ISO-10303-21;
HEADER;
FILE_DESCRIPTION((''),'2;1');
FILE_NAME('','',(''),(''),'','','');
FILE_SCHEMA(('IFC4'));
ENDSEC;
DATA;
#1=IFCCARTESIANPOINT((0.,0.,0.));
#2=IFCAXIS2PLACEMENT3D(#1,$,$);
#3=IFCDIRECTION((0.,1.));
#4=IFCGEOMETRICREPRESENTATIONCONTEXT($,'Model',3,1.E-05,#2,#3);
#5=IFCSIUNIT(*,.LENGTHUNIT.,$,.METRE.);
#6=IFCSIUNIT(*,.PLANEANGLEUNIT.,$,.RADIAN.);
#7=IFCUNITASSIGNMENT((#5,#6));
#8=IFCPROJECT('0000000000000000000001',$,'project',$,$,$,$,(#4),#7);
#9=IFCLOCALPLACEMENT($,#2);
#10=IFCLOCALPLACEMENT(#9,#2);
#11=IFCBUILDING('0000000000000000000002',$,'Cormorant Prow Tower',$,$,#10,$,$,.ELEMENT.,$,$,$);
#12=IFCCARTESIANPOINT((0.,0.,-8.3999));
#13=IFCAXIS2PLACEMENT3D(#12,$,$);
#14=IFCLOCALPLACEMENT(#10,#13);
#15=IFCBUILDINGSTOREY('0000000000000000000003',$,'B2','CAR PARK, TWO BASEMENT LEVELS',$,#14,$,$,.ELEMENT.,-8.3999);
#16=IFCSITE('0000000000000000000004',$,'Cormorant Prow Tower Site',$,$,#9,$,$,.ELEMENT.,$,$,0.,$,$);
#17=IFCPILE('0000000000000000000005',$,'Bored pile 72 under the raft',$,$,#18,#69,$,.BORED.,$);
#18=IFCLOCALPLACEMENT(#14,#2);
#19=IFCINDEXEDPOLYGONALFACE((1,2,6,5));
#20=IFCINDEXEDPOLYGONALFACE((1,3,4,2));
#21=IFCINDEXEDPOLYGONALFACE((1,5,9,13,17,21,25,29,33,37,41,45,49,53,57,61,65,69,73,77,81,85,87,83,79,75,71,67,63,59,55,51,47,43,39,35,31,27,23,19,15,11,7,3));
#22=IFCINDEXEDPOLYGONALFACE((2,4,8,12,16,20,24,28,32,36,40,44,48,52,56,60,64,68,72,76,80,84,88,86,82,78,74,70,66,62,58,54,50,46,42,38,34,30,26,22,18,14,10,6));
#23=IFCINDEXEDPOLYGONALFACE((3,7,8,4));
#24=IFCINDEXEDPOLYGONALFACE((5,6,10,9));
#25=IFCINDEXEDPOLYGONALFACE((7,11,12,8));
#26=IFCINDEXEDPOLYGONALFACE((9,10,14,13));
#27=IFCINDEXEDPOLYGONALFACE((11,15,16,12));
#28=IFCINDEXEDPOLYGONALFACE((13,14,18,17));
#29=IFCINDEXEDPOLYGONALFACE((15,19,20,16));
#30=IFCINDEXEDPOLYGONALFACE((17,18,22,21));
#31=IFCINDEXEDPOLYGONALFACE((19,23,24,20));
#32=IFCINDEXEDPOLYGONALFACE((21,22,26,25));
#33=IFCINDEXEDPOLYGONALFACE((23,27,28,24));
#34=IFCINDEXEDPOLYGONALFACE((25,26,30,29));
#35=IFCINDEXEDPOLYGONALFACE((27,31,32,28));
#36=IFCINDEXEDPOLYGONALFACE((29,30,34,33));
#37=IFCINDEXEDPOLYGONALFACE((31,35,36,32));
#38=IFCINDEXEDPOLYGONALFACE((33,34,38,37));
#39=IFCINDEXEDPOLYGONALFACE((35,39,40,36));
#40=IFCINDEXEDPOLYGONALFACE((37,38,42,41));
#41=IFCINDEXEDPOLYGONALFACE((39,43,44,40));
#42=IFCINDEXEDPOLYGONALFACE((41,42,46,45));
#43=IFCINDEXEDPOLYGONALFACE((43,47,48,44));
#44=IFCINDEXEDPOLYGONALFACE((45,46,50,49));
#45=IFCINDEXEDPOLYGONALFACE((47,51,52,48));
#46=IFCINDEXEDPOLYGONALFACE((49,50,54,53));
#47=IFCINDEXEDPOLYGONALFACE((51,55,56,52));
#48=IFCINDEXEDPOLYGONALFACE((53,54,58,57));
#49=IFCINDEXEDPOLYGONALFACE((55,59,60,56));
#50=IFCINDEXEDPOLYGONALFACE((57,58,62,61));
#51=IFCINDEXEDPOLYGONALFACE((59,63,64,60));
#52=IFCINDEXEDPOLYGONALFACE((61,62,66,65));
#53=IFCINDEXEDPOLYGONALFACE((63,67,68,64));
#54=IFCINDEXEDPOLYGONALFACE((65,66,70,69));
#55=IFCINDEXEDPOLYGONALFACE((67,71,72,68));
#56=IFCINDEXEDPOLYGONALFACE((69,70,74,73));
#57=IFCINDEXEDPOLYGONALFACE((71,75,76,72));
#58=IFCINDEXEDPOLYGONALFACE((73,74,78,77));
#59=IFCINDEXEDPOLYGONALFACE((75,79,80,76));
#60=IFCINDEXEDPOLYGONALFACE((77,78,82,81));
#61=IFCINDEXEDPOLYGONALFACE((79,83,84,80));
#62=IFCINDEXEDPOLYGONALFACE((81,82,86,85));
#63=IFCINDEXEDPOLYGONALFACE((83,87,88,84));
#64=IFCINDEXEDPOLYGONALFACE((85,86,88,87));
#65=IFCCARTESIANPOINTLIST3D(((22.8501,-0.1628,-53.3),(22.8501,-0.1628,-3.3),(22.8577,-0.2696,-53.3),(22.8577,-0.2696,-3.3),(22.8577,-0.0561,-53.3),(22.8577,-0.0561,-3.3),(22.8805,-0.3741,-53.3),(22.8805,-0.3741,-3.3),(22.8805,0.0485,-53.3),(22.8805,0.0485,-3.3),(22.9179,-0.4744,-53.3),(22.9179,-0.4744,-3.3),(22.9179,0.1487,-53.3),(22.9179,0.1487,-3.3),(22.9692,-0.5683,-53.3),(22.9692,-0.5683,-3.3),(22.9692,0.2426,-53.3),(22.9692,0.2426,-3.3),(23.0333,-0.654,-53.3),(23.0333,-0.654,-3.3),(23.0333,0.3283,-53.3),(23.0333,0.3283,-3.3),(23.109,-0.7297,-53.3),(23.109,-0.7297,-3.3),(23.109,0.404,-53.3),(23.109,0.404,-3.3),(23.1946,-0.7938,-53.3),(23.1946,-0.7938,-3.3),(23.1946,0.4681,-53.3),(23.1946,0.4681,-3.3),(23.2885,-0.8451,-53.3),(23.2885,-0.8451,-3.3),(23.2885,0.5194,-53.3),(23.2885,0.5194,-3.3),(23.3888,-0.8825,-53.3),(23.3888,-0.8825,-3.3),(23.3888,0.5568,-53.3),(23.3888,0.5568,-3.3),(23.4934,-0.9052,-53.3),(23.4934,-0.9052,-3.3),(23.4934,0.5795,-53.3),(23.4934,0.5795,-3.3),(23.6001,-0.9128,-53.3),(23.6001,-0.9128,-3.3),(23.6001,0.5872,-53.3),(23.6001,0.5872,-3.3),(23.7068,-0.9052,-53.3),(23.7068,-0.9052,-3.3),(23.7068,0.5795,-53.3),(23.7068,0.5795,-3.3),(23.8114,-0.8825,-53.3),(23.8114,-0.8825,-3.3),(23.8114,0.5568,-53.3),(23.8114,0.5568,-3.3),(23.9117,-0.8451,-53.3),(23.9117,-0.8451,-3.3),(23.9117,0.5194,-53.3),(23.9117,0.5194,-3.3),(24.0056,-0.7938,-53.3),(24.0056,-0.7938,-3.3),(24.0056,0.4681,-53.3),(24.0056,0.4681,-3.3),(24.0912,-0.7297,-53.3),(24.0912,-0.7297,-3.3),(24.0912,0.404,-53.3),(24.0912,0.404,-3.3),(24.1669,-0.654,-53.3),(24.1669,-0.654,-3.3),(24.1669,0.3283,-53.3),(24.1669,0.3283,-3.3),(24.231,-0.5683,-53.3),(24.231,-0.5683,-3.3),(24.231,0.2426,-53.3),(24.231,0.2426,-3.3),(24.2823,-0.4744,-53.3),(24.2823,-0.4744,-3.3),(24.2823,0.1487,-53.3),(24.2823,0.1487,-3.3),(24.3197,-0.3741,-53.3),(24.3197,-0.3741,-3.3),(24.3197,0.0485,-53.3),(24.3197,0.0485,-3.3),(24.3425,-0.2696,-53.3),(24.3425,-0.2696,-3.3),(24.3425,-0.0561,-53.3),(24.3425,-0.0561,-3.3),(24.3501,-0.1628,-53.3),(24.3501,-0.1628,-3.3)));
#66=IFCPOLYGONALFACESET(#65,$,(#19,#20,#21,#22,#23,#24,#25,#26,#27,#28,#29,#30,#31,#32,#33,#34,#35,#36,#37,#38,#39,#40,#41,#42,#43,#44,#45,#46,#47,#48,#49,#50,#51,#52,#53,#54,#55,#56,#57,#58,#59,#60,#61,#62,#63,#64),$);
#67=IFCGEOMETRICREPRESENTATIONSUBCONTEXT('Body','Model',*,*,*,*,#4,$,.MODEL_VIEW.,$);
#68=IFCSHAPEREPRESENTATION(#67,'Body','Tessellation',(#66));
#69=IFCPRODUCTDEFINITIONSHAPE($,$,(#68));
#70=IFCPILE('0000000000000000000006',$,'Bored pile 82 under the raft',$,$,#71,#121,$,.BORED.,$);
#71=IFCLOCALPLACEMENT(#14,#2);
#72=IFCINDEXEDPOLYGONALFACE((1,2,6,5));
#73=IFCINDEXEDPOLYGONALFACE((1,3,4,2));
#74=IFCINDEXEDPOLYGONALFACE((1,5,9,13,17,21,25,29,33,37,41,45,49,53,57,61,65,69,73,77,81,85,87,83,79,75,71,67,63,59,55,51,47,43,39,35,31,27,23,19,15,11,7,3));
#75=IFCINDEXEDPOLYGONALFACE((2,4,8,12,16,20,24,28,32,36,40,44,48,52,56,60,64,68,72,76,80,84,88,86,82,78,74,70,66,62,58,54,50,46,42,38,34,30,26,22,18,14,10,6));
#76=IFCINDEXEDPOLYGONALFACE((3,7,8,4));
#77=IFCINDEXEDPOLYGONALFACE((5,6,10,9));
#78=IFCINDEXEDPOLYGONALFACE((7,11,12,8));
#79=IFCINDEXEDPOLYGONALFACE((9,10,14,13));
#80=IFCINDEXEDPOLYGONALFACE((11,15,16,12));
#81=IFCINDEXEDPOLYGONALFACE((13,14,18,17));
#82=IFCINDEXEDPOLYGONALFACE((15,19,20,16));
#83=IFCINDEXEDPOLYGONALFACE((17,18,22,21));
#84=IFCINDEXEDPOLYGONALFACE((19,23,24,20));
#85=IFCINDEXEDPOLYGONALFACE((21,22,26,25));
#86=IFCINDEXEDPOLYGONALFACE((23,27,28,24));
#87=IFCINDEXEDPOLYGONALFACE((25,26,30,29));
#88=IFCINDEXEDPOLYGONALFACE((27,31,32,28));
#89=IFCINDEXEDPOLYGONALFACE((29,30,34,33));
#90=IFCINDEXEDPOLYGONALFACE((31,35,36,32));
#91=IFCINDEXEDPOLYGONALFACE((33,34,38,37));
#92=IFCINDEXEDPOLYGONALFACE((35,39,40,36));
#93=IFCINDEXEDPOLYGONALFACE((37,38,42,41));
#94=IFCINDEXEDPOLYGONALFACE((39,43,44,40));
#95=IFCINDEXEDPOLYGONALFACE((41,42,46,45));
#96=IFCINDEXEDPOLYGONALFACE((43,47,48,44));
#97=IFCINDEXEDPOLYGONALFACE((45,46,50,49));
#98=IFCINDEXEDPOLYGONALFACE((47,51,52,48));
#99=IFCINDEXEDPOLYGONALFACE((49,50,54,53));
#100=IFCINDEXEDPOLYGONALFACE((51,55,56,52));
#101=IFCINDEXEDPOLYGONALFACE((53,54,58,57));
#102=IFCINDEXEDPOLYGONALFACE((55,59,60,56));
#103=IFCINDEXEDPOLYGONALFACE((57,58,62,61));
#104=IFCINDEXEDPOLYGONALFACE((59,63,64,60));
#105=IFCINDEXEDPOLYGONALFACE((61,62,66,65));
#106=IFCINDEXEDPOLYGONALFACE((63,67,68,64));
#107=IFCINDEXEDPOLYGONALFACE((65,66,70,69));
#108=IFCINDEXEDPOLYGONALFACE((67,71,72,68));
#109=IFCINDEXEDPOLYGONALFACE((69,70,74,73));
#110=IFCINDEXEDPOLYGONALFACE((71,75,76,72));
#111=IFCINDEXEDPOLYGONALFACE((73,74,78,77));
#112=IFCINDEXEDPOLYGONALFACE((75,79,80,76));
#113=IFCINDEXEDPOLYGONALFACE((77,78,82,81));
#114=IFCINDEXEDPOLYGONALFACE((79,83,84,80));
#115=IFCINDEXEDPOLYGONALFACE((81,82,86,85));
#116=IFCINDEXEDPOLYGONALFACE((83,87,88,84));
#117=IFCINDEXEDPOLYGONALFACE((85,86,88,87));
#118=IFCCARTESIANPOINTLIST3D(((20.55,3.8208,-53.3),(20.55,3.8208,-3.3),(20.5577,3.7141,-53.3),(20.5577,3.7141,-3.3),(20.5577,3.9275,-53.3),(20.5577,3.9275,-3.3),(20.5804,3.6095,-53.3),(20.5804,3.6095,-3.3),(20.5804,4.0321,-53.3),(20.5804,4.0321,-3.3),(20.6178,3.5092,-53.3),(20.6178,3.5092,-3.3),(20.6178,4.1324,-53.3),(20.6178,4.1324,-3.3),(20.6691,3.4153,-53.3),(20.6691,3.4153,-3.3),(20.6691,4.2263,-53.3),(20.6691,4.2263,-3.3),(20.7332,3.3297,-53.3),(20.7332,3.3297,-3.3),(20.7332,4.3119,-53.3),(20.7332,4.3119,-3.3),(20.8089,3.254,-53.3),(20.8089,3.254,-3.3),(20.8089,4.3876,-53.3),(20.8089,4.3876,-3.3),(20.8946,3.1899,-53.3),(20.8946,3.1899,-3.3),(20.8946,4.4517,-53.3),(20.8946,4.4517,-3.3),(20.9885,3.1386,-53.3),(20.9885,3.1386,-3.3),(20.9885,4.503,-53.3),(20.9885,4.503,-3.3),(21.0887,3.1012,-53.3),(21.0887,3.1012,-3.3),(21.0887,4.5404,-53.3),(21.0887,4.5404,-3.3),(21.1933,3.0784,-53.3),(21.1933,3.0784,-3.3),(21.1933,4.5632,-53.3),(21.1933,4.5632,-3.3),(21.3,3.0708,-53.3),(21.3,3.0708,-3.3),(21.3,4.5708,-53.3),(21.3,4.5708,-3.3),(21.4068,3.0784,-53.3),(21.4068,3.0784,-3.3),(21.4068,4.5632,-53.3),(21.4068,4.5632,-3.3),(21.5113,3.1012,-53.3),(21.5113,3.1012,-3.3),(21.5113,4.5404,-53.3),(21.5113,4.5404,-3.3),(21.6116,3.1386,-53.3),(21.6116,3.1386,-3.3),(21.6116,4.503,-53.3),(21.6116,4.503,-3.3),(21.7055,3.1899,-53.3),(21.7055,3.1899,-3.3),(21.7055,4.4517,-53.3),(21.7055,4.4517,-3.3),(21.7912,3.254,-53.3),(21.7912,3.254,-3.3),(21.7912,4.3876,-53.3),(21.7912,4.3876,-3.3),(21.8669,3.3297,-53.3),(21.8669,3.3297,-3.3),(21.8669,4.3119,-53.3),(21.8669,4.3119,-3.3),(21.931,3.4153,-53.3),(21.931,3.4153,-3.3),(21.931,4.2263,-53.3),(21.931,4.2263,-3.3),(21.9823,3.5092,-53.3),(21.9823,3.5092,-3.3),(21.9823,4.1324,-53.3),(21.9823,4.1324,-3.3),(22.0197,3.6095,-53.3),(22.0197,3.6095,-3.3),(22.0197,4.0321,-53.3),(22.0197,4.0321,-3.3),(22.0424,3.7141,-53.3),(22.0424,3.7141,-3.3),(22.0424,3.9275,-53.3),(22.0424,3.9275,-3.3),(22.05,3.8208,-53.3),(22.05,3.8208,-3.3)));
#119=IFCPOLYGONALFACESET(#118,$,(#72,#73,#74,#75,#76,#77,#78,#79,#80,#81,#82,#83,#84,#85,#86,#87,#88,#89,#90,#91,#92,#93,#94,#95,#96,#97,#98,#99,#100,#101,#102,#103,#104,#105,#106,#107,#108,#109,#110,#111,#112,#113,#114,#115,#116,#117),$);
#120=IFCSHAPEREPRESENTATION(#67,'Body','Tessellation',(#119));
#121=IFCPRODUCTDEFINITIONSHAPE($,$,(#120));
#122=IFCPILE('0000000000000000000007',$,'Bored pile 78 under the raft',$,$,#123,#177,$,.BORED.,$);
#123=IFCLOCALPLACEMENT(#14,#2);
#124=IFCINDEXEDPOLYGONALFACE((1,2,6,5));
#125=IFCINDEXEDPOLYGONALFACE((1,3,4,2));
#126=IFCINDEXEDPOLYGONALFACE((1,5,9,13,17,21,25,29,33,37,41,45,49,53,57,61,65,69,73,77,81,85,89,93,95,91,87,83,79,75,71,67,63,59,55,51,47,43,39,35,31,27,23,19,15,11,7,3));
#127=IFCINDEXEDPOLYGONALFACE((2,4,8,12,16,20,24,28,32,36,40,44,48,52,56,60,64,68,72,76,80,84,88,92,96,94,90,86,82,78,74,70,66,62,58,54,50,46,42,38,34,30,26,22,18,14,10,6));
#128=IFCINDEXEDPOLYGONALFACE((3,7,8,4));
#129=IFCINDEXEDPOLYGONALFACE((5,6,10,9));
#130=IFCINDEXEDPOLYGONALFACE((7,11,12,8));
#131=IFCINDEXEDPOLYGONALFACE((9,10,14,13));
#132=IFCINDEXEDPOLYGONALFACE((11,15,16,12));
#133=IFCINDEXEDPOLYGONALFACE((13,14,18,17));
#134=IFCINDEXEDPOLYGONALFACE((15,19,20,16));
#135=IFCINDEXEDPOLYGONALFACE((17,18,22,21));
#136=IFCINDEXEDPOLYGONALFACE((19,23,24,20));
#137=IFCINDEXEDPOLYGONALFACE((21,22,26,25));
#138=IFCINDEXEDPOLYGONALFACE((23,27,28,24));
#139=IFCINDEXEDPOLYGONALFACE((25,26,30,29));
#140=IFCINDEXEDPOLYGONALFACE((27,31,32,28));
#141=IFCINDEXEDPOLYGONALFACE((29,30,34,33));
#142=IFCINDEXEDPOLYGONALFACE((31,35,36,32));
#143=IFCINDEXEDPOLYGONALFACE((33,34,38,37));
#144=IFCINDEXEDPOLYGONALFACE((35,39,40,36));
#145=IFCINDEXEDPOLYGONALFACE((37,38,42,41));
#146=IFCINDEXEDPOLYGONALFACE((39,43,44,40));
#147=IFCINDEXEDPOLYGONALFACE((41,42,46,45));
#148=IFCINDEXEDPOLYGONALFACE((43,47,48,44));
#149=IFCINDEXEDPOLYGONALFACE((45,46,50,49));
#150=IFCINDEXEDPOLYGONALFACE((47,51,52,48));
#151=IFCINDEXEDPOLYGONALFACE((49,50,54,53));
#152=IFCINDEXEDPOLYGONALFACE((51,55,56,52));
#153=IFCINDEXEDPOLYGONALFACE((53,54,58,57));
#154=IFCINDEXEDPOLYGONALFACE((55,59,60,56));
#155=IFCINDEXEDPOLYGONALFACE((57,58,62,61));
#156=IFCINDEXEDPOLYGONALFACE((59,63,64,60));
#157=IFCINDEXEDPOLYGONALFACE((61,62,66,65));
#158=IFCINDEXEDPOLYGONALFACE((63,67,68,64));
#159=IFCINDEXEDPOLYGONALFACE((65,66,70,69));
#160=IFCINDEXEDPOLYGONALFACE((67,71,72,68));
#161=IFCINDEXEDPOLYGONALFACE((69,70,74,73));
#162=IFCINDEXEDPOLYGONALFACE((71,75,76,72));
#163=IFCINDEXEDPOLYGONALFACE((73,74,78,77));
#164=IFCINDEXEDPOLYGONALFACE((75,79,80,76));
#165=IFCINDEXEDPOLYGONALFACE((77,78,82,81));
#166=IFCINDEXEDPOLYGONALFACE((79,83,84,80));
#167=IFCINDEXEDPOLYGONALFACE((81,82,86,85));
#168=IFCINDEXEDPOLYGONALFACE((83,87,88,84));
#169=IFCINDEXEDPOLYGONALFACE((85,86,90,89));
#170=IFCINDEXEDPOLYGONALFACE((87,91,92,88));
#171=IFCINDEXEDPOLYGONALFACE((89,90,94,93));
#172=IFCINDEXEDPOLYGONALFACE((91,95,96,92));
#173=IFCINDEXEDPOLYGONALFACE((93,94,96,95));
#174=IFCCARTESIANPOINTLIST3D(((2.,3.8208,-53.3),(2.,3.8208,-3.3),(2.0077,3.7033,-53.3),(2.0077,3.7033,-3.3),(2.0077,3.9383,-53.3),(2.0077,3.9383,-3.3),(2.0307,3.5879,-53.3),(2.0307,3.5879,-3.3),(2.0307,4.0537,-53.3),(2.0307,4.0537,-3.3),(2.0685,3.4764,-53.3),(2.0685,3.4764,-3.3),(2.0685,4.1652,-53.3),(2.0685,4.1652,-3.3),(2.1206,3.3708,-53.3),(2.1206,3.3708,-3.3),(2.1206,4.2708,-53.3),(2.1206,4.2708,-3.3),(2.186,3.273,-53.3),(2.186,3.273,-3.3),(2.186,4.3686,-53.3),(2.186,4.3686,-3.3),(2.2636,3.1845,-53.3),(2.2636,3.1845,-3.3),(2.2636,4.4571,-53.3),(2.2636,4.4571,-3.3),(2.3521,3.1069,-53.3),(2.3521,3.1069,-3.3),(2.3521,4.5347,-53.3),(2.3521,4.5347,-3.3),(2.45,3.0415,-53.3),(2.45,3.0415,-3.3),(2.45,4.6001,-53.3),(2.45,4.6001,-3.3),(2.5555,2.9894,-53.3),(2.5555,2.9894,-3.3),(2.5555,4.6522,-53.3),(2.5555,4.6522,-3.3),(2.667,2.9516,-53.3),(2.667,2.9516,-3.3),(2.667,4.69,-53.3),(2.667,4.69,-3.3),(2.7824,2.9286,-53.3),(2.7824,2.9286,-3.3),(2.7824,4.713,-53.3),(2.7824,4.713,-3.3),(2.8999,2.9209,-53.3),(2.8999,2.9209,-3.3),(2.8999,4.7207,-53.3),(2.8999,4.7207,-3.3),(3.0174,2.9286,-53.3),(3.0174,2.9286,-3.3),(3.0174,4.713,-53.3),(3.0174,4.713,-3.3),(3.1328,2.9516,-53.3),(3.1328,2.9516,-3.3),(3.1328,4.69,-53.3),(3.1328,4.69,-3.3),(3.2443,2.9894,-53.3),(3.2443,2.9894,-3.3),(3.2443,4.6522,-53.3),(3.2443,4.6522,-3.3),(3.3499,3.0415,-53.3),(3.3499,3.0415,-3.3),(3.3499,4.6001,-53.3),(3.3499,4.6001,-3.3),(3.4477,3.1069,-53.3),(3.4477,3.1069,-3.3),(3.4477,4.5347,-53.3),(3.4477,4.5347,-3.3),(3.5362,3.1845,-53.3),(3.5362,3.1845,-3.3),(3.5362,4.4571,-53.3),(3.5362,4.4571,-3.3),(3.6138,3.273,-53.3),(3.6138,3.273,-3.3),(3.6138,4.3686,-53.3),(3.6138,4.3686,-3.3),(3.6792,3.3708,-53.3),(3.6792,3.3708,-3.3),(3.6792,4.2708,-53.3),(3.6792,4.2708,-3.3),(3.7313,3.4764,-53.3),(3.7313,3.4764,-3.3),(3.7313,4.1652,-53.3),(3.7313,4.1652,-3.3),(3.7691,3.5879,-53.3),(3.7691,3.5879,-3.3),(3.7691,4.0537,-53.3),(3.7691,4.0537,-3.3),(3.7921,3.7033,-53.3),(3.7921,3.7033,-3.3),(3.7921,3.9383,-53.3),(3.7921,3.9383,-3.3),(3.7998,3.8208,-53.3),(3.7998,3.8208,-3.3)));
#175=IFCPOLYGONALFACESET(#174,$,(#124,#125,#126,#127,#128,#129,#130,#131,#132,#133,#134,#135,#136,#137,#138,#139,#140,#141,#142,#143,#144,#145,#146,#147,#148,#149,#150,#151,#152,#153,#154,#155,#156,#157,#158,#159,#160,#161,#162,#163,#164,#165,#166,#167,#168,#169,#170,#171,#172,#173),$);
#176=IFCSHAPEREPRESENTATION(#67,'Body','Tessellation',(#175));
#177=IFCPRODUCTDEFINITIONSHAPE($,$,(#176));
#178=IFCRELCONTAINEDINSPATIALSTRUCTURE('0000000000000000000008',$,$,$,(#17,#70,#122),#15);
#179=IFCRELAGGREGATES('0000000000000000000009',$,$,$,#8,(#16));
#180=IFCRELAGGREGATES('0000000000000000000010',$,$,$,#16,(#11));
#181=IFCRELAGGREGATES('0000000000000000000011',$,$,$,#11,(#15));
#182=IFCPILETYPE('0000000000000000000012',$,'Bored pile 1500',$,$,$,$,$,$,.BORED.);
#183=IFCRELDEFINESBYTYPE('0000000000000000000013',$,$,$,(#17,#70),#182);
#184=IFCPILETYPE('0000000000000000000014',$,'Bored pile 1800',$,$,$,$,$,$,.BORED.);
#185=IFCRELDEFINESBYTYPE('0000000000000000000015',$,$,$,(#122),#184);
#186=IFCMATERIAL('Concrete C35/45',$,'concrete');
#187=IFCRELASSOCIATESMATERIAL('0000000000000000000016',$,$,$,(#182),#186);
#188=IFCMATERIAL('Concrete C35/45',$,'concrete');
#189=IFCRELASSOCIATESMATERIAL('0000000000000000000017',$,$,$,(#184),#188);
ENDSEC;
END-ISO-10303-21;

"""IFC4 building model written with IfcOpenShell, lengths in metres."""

from ifc_helpers import new_model, si_unit, direction, frame, origin, origin_2d, place, context, subcontext, project, spatial, circle, extrude, material, material_profile, profile_set, type_object, element, save


model = new_model("IFC4")

# Units and contexts
model_context = context("Model", 3, precision=1e-05, world=origin(), true_north=direction((0.0, 1.0)))
body_context = subcontext(model_context, "Body", "Model", "MODEL_VIEW")
ifc_project = project(units=[si_unit("LENGTHUNIT", "METRE"), si_unit("PLANEANGLEUNIT", "RADIAN")], contexts=[model_context])

# Site, building, storey
site_placement = place(None, origin())
site = spatial("IfcSite", under=ifc_project, at=site_placement, Name="Cormorant Prow Tower Site", CompositionType="ELEMENT", RefElevation=0.0)
building_placement = place(site_placement, origin())
building = spatial("IfcBuilding", under=site, at=building_placement, Name="Cormorant Prow Tower", CompositionType="ELEMENT")
storey_placement = place(building_placement, frame((0.0, 0.0, -8.3999)))
storey = spatial("IfcBuildingStorey", under=building, at=storey_placement, Name="B2", Description="CAR PARK, TWO BASEMENT LEVELS", CompositionType="ELEMENT", Elevation=-8.3999)

# Piles
ifc_material_1 = material(Name="Concrete C35/45", Category="concrete")
ifc_material_profile_1 = material_profile(ifc_material_1, circle(Radius=0.75, at=origin_2d()), Name="Round 1500")
ifc_profile_set_1 = profile_set([ifc_material_profile_1], Name="Concrete C35/45")
pile_type_1 = type_object("IfcPileType", Name="Bored pile 1500", PredefinedType="BORED", material=ifc_profile_set_1)
for number, where, z_axis, x_axis, name in (
    (1, (23.6001, -0.1628, -3.3), (0.0, 0.0, -1.0), (1.0, 0.0, 0.0), "Bored pile 72 under the raft"),
    (2, (21.3, 3.8208, -3.3), (0.0, 0.0, -1.0), (1.0, 0.0, 0.0), "Bored pile 82 under the raft"),
):
    element("IfcPile", number, at=place(storey_placement, frame(where, z_axis=z_axis, x_axis=x_axis)), inside=storey, type_object=pile_type_1, Name=name, PredefinedType="BORED", context=body_context, shape_type="SweptSolid", body=[
        extrude(circle(Radius=0.75, at=origin_2d()), origin(), (0.0, 0.0, 1.0), 50.0),
    ])
ifc_material_2 = material(Name="Concrete C35/45", Category="concrete")
ifc_material_profile_2 = material_profile(ifc_material_2, circle(Radius=0.8999, at=origin_2d()), Name="Round 1800")
ifc_profile_set_2 = profile_set([ifc_material_profile_2], Name="Concrete C35/45")
pile_type_2 = type_object("IfcPileType", Name="Bored pile 1800", PredefinedType="BORED", material=ifc_profile_set_2)
for number, where, z_axis, x_axis, name in (
    (3, (2.8999, 3.8208, -3.3), (0.0, 0.0, -1.0), (1.0, 0.0, 0.0), "Bored pile 78 under the raft"),
):
    element("IfcPile", number, at=place(storey_placement, frame(where, z_axis=z_axis, x_axis=x_axis)), inside=storey, type_object=pile_type_2, Name=name, PredefinedType="BORED", context=body_context, shape_type="SweptSolid", body=[
        extrude(circle(Radius=0.8999, at=origin_2d()), origin(), (0.0, 0.0, 1.0), 50.0),
    ])

save(model, "model.ifc")
